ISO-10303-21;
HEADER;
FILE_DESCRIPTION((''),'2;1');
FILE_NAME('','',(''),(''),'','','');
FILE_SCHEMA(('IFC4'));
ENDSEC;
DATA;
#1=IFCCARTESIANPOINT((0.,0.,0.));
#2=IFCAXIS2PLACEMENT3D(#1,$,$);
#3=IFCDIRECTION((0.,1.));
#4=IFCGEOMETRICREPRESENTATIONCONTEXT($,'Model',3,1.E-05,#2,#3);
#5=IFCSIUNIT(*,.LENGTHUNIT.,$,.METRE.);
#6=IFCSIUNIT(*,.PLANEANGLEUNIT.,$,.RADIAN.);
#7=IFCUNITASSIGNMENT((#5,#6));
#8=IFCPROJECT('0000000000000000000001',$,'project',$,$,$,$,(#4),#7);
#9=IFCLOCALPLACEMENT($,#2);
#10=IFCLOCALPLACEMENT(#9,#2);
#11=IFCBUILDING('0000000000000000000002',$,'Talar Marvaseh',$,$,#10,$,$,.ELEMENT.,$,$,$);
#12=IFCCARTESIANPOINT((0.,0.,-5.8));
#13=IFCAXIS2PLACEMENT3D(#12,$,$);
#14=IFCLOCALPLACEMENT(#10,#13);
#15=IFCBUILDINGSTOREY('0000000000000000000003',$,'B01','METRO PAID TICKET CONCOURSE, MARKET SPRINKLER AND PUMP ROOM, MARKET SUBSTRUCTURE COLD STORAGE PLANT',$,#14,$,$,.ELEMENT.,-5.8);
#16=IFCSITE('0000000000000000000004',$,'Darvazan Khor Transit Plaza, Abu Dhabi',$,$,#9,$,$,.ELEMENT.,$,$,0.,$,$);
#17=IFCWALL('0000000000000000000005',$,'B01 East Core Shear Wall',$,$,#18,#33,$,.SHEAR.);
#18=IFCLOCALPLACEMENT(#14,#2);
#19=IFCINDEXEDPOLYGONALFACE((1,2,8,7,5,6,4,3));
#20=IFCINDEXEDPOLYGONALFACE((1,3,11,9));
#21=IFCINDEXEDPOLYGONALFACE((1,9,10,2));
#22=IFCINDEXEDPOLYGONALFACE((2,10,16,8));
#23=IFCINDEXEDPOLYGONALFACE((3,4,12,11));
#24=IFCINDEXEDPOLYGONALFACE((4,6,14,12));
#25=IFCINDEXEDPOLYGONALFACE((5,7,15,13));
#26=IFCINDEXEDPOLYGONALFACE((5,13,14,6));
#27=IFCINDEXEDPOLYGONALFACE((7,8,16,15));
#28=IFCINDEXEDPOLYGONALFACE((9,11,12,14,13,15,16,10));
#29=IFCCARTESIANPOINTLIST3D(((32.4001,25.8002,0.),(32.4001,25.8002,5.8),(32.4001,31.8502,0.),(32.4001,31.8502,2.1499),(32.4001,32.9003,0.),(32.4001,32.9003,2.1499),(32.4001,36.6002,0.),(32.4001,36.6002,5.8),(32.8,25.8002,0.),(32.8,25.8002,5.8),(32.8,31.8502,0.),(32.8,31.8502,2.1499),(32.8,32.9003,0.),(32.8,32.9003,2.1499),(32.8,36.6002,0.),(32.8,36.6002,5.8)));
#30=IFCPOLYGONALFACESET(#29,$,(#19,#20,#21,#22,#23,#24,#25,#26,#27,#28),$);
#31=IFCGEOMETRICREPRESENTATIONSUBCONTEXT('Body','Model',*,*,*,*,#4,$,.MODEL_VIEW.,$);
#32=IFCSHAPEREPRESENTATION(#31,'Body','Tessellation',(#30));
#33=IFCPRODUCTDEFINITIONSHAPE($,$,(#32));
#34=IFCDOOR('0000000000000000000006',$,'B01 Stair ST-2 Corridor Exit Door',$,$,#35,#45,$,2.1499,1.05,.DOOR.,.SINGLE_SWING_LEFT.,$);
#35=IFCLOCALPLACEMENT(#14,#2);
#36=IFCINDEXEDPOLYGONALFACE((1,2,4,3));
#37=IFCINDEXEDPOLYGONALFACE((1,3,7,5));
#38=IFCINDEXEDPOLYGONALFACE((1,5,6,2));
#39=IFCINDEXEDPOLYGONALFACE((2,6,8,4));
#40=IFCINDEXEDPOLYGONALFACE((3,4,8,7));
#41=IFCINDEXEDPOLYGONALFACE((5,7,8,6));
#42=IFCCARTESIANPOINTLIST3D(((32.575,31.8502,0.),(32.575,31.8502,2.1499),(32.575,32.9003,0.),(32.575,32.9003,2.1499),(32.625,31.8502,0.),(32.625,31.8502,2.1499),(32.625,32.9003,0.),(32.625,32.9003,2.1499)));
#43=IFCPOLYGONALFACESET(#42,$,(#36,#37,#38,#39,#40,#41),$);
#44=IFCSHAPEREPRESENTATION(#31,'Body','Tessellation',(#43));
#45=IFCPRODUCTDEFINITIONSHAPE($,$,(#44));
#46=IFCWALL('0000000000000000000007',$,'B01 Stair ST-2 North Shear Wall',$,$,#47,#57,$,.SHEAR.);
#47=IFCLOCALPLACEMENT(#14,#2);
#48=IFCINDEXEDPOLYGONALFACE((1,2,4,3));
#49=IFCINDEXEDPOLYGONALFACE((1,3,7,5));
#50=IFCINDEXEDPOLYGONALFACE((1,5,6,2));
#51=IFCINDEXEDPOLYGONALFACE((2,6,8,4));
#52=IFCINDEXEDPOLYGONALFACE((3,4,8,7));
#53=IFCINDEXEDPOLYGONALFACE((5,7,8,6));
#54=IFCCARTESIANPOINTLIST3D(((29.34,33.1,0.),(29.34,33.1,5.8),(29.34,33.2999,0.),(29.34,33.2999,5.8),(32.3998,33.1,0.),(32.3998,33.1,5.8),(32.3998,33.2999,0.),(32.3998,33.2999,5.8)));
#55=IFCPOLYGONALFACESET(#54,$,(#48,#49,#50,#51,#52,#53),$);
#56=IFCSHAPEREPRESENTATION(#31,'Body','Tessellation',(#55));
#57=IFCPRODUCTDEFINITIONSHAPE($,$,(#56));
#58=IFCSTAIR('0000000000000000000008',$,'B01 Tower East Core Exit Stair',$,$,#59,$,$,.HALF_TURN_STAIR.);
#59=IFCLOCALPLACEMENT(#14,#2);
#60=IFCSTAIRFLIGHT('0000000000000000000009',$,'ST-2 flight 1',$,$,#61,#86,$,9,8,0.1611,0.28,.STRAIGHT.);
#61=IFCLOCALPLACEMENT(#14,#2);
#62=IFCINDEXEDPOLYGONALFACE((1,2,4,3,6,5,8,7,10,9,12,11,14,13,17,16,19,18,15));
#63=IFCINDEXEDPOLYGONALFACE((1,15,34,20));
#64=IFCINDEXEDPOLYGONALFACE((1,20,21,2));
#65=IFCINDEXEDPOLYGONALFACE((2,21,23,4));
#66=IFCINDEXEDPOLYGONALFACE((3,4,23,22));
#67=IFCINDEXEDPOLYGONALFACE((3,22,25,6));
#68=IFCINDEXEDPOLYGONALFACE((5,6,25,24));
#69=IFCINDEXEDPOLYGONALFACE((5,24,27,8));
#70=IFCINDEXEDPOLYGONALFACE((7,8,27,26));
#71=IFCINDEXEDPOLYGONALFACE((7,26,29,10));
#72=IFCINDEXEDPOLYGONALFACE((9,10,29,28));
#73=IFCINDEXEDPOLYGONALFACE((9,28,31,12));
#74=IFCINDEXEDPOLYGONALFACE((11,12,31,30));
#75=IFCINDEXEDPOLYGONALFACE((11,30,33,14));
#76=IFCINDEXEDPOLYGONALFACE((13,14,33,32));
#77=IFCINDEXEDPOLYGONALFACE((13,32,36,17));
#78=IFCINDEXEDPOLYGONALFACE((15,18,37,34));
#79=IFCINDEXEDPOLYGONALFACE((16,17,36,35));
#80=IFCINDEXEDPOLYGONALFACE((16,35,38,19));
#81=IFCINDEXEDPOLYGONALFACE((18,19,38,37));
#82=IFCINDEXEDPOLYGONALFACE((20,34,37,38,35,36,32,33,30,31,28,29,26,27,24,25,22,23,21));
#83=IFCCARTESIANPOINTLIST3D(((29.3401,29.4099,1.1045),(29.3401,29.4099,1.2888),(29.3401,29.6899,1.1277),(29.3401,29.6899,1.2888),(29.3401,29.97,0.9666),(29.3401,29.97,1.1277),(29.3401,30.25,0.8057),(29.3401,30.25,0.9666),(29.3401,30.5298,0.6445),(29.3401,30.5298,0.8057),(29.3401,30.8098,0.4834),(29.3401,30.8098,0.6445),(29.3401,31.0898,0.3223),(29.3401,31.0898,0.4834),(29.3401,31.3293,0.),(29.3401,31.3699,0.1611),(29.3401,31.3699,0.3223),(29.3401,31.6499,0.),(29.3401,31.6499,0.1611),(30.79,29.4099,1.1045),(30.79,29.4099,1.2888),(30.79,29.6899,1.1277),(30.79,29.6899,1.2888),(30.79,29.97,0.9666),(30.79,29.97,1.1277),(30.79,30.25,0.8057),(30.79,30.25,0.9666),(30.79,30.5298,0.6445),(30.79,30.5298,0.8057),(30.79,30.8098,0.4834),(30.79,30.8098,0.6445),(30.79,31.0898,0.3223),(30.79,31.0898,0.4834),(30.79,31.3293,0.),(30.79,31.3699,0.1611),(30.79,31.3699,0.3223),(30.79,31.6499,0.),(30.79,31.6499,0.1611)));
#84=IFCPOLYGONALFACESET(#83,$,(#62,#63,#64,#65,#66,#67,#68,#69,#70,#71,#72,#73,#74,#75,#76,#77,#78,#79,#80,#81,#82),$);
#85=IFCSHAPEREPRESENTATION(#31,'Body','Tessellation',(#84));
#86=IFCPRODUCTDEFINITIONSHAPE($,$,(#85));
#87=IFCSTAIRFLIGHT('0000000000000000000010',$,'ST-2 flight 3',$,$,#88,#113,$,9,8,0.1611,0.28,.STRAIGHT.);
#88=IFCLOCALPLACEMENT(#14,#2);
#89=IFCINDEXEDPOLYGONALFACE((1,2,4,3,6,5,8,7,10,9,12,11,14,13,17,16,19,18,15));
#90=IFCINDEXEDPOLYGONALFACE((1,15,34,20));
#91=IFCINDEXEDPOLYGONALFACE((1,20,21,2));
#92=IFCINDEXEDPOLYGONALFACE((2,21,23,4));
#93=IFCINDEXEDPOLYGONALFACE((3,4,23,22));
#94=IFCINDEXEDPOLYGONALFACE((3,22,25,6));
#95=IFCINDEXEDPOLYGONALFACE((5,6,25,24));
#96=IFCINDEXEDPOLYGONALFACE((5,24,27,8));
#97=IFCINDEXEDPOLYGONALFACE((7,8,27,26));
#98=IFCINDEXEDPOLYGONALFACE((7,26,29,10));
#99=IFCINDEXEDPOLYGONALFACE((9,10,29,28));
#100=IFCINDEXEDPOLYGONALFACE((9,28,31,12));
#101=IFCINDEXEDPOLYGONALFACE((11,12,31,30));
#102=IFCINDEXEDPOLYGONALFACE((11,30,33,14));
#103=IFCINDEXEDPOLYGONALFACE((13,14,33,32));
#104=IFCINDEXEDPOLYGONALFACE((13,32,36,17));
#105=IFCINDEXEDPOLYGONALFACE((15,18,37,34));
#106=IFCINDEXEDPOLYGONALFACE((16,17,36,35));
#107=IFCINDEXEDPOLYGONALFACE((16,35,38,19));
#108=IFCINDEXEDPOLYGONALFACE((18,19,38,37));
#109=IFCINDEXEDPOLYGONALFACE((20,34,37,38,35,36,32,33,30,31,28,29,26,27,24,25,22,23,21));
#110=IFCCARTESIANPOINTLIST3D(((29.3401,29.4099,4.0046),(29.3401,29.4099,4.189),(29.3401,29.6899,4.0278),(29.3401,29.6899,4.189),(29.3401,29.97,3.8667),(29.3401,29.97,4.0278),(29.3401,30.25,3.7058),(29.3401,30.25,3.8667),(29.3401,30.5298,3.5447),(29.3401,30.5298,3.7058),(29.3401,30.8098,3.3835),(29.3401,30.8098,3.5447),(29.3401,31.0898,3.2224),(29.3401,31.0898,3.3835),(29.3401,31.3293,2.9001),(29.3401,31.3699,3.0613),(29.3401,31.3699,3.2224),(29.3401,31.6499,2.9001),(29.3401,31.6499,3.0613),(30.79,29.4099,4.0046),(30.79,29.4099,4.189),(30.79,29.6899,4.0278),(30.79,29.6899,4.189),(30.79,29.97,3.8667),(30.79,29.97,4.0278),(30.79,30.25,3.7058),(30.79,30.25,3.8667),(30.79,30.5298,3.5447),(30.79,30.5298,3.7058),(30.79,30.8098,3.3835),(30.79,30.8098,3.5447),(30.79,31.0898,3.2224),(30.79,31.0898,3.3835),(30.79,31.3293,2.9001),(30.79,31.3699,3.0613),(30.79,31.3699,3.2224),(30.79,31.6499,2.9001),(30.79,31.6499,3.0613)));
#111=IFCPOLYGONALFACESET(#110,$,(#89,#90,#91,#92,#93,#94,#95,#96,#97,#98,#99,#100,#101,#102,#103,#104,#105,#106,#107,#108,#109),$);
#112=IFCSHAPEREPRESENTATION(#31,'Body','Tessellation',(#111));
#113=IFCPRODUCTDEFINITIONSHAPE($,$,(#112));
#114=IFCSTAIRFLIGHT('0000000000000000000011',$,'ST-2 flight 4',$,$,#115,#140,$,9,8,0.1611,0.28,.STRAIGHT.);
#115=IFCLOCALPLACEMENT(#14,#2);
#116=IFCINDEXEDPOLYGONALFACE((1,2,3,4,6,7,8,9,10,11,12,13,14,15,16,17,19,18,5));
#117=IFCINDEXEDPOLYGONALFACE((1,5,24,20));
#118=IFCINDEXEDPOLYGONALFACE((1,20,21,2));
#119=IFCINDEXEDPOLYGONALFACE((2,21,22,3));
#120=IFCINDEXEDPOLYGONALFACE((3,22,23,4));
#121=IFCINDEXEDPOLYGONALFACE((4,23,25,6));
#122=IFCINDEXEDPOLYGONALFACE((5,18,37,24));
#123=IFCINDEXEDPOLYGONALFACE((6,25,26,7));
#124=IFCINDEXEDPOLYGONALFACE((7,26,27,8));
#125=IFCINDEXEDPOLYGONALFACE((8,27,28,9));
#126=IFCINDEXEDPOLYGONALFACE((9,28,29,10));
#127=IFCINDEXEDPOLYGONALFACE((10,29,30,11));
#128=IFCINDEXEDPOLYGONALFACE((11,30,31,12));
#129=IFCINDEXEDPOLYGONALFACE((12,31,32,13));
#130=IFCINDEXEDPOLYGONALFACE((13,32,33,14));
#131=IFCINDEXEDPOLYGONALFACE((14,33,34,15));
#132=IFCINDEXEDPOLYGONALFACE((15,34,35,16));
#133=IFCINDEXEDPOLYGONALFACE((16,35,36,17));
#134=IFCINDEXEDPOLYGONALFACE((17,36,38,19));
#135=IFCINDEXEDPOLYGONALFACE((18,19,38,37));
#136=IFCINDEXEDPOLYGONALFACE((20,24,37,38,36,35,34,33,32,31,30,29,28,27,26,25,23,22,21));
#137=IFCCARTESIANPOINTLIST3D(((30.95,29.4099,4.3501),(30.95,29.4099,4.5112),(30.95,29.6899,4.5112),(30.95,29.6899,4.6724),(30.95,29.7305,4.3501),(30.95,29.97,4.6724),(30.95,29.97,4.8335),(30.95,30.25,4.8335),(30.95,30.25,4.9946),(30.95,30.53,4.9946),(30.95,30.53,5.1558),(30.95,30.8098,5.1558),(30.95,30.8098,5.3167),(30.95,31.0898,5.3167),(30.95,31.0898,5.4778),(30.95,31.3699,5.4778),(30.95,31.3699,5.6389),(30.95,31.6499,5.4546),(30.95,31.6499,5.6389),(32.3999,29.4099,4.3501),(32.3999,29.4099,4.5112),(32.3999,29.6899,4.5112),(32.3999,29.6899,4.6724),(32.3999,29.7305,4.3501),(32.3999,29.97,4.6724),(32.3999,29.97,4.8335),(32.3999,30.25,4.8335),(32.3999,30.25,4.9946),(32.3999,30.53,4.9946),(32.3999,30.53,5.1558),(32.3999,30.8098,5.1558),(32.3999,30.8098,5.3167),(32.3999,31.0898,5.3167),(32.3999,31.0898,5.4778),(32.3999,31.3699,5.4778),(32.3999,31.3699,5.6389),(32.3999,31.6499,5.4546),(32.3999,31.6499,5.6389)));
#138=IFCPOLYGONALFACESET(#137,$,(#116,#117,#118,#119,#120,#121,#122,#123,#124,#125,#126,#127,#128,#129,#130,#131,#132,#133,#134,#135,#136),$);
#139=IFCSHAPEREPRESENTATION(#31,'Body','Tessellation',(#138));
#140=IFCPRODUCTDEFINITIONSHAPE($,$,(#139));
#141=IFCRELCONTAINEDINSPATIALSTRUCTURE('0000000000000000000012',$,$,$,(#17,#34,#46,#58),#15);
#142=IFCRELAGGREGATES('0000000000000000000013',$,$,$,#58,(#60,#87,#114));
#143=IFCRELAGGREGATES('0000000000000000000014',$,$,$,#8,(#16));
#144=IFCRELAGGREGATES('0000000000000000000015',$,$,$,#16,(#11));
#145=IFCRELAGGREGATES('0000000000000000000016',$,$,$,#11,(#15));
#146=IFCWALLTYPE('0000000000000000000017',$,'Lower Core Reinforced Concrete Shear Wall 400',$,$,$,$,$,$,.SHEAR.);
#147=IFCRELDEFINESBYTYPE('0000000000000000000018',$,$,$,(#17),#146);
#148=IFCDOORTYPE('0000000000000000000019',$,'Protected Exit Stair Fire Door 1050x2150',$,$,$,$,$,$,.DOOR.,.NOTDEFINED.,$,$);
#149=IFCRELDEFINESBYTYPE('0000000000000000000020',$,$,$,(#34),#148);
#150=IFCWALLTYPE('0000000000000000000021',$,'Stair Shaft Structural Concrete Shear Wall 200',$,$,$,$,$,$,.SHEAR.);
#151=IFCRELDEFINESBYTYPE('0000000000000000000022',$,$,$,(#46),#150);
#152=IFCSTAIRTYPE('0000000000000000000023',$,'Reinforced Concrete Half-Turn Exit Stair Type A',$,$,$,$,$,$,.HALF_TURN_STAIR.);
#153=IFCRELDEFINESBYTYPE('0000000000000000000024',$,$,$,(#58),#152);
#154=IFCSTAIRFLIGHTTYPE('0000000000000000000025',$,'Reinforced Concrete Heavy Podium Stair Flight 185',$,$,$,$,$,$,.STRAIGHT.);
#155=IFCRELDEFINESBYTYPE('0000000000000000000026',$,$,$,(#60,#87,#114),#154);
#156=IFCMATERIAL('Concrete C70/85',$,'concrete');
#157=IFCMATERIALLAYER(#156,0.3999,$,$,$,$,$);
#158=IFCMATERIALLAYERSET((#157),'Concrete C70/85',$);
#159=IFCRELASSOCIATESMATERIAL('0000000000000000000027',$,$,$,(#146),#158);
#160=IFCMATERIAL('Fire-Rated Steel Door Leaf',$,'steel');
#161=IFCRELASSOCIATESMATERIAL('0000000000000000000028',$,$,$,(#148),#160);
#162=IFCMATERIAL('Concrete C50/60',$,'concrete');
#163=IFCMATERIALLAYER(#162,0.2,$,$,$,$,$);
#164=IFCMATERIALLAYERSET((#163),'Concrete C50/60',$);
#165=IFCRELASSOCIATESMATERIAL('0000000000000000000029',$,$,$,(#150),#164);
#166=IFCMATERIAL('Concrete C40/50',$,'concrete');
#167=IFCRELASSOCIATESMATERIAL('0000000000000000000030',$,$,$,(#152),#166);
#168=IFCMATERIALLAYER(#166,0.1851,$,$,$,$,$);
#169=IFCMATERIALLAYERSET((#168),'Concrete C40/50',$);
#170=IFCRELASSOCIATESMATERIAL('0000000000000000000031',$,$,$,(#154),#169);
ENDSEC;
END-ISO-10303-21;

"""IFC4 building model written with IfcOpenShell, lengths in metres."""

from ifc_helpers import new_model, si_unit, direction, frame, frame_2d, origin, place, context, subcontext, project, spatial, polyline, rectangle, outline, extrude, source, transform, mapped, material, layer, layer_set, type_object, type_shapes, element, fill, aggregate, save


model = new_model("IFC4")

# Units and contexts
model_context = context("Model", 3, precision=1e-05, world=origin(), true_north=direction((0.0, 1.0)))
body_context = subcontext(model_context, "Body", "Model", "MODEL_VIEW")
ifc_project = project(units=[si_unit("LENGTHUNIT", "METRE"), si_unit("PLANEANGLEUNIT", "RADIAN")], contexts=[model_context])

# Site, building, storey
site_placement = place(None, origin())
site = spatial("IfcSite", under=ifc_project, at=site_placement, Name="Darvazan Khor Transit Plaza, Abu Dhabi", CompositionType="ELEMENT", RefElevation=0.0)
building_placement = place(site_placement, origin())
building = spatial("IfcBuilding", under=site, at=building_placement, Name="Talar Marvaseh", CompositionType="ELEMENT")
storey_placement = place(building_placement, frame((0.0, 0.0, -5.8)))
storey = spatial("IfcBuildingStorey", under=building, at=storey_placement, Name="B01", Description="METRO PAID TICKET CONCOURSE, MARKET SPRINKLER AND PUMP ROOM, MARKET SUBSTRUCTURE COLD STORAGE PLANT", CompositionType="ELEMENT", Elevation=-5.8)

# Shared definitions
ifc_material_1 = material(Name="Concrete C70/85", Category="concrete")

# Shared definitions
ifc_material_2 = material(Name="Concrete C40/50", Category="concrete")
ifc_material_3 = material(Name="Concrete C50/60", Category="concrete")

# Wall, opening, door
ifc_layer_1 = layer(ifc_material_1, 0.3999)
ifc_layer_set_1 = layer_set([ifc_layer_1], Name="Concrete C70/85")
wall_type_1 = type_object("IfcWallType", Name="Lower Core Reinforced Concrete Shear Wall 400", PredefinedType="SHEAR", material=ifc_layer_set_1)
wall_1_placement = place(storey_placement, frame((32.6001, 36.6001, 0.0), z_axis=(0.0, 0.0, 1.0), x_axis=(0.0, -1.0, 0.0)))
wall_1 = element("IfcWall", 1, at=wall_1_placement, inside=storey, type_object=wall_type_1, Name="B01 East Core Shear Wall", PredefinedType="SHEAR", context=body_context, shape_type="SweptSolid", body=[
    extrude(rectangle(XDim=10.8, YDim=0.3999, at=frame_2d((5.3999, 0.0))), origin(), (0.0, 0.0, 1.0), 5.8),
])
opening_1_placement = place(wall_1_placement, frame((3.7, 0.0, 0.0)))
opening_1 = element("IfcOpeningElement", 2, at=opening_1_placement, cuts=wall_1, PredefinedType="OPENING", context=body_context, shape_type="SweptSolid", body=[
    extrude(rectangle(XDim=1.05, YDim=2.1499, at=frame_2d((0.5249, 1.075))), frame((0.0, 0.21, 0.0), z_axis=(0.0, -1.0, 0.0), x_axis=(1.0, 0.0, 0.0)), (0.0, 0.0, 1.0), 0.4199),
])
ifc_material_4 = material(Name="Fire-Rated Steel Door Leaf", Category="steel")
door_type_1 = type_object("IfcDoorType", Name="Protected Exit Stair Fire Door 1050x2150", OperationType="NOTDEFINED", PredefinedType="DOOR", material=ifc_material_4)
shared_shape_1 = source(origin(), body_context, "Body", "SweptSolid", [
    extrude(rectangle(XDim=1.05, YDim=2.1499, at=frame_2d((0.5249, 1.075))), frame((0.0, 0.0249, 0.0), z_axis=(0.0, -1.0, 0.0), x_axis=(1.0, 0.0, 0.0)), (0.0, 0.0, 1.0), 0.05),
])
type_shapes(door_type_1, [shared_shape_1])
door_1_placement = place(opening_1_placement, origin())
door_1 = element("IfcDoor", 3, at=door_1_placement, inside=storey, type_object=door_type_1, Name="B01 Stair ST-2 Corridor Exit Door", OperationType="SINGLE_SWING_LEFT", OverallHeight=2.1499, OverallWidth=1.05, PredefinedType="DOOR", context=body_context, shape_type="MappedRepresentation", body=[
    mapped(shared_shape_1, transform((0.0, 0.0, 0.0), x_axis=(1.0, 0.0, 0.0), y_axis=(0.0, 1.0, 0.0), z_axis=(0.0, 0.0, 1.0), scale=1.0)),
])
fill(opening_1, door_1)

# Wall
ifc_layer_2 = layer(ifc_material_3, 0.2)
ifc_layer_set_2 = layer_set([ifc_layer_2], Name="Concrete C50/60")
wall_type_2 = type_object("IfcWallType", Name="Stair Shaft Structural Concrete Shear Wall 200", PredefinedType="SHEAR", material=ifc_layer_set_2)
wall_2_placement = place(storey_placement, frame((29.3401, 33.2, 0.0), z_axis=(0.0, 0.0, 1.0), x_axis=(1.0, 0.0, 0.0)))
element("IfcWall", 4, at=wall_2_placement, inside=storey, type_object=wall_type_2, Name="B01 Stair ST-2 North Shear Wall", PredefinedType="SHEAR", context=body_context, shape_type="SweptSolid", body=[
    extrude(rectangle(XDim=3.0598, YDim=0.2, at=frame_2d((1.5298, 0.0))), origin(), (0.0, 0.0, 1.0), 5.8),
])

# Stair, stair flights
stair_type = type_object("IfcStairType", Name="Reinforced Concrete Half-Turn Exit Stair Type A", PredefinedType="HALF_TURN_STAIR", material=ifc_material_2)
stair_placement = place(storey_placement, origin())
stair = element("IfcStair", 5, at=stair_placement, inside=storey, type_object=stair_type, Name="B01 Tower East Core Exit Stair", PredefinedType="HALF_TURN_STAIR")
ifc_layer_3 = layer(ifc_material_2, 0.1851)
ifc_layer_set_3 = layer_set([ifc_layer_3], Name="Concrete C40/50")
stair_flight_type = type_object("IfcStairFlightType", Name="Reinforced Concrete Heavy Podium Stair Flight 185", PredefinedType="STRAIGHT", material=ifc_layer_set_3)
stair_flight_1_placement = place(storey_placement, frame((30.0649, 31.6499, 0.0), z_axis=(0.0, 0.0, 1.0), x_axis=(0.0, -1.0, 0.0)))
stair_flight_1 = element("IfcStairFlight", 6, at=stair_flight_1_placement, type_object=stair_flight_type, Name="ST-2 flight 1", NumberOfRisers=9, NumberOfTreads=8, PredefinedType="STRAIGHT", RiserHeight=0.1611, TreadLength=0.28, context=body_context, shape_type="SweptSolid", body=[
    extrude(outline(polyline([(0.0, 0.0), (0.0, 0.1611), (0.28, 0.1611), (0.28, 0.3223), (0.5601, 0.3223), (0.5601, 0.4834), (0.8401, 0.4834), (0.8401, 0.6445), (1.1201, 0.6445), (1.1201, 0.8057), (1.3999, 0.8057), (1.3999, 0.9666), (1.6799, 0.9666), (1.6799, 1.1277), (1.96, 1.1277), (1.96, 1.2888), (2.24, 1.2888), (2.24, 1.45), (2.24, 1.1045), (0.3206, 0.0), (0.0, 0.0)])), frame((0.0, 0.7251, 0.0), z_axis=(0.0, -1.0, 0.0), x_axis=(1.0, 0.0, 0.0)), (0.0, 0.0, 1.0), 1.45),
])
stair_flight_2_placement = place(storey_placement, frame((30.0649, 31.6499, 2.9001), z_axis=(0.0, 0.0, 1.0), x_axis=(0.0, -1.0, 0.0)))
stair_flight_2 = element("IfcStairFlight", 7, at=stair_flight_2_placement, type_object=stair_flight_type, Name="ST-2 flight 3", NumberOfRisers=9, NumberOfTreads=8, PredefinedType="STRAIGHT", RiserHeight=0.1611, TreadLength=0.28, context=body_context, shape_type="SweptSolid", body=[
    extrude(outline(polyline([(0.0, 0.0), (0.0, 0.1611), (0.28, 0.1611), (0.28, 0.3223), (0.5601, 0.3223), (0.5601, 0.4834), (0.8401, 0.4834), (0.8401, 0.6445), (1.1201, 0.6445), (1.1201, 0.8057), (1.3999, 0.8057), (1.3999, 0.9666), (1.6799, 0.9666), (1.6799, 1.1277), (1.96, 1.1277), (1.96, 1.2888), (2.24, 1.2888), (2.24, 1.45), (2.24, 1.1045), (0.3206, 0.0), (0.0, 0.0)])), frame((0.0, 0.7251, 0.0), z_axis=(0.0, -1.0, 0.0), x_axis=(1.0, 0.0, 0.0)), (0.0, 0.0, 1.0), 1.45),
])
stair_flight_3_placement = place(storey_placement, frame((31.675, 29.4099, 4.3501), z_axis=(0.0, 0.0, 1.0), x_axis=(0.0, 1.0, 0.0)))
stair_flight_3 = element("IfcStairFlight", 8, at=stair_flight_3_placement, type_object=stair_flight_type, Name="ST-2 flight 4", NumberOfRisers=9, NumberOfTreads=8, PredefinedType="STRAIGHT", RiserHeight=0.1611, TreadLength=0.28, context=body_context, shape_type="SweptSolid", body=[
    extrude(outline(polyline([(0.0, 0.0), (0.0, 0.1611), (0.28, 0.1611), (0.28, 0.3223), (0.5601, 0.3223), (0.5601, 0.4834), (0.8401, 0.4834), (0.8401, 0.6445), (1.1201, 0.6445), (1.1201, 0.8057), (1.3999, 0.8057), (1.3999, 0.9666), (1.6799, 0.9666), (1.6799, 1.1277), (1.96, 1.1277), (1.96, 1.2888), (2.24, 1.2888), (2.24, 1.45), (2.24, 1.1045), (0.3206, 0.0), (0.0, 0.0)])), frame((0.0, 0.7251, 0.0), z_axis=(0.0, -1.0, 0.0), x_axis=(1.0, 0.0, 0.0)), (0.0, 0.0, 1.0), 1.45),
])
aggregate(stair, [stair_flight_1, stair_flight_2, stair_flight_3])

save(model, "model.ifc")
